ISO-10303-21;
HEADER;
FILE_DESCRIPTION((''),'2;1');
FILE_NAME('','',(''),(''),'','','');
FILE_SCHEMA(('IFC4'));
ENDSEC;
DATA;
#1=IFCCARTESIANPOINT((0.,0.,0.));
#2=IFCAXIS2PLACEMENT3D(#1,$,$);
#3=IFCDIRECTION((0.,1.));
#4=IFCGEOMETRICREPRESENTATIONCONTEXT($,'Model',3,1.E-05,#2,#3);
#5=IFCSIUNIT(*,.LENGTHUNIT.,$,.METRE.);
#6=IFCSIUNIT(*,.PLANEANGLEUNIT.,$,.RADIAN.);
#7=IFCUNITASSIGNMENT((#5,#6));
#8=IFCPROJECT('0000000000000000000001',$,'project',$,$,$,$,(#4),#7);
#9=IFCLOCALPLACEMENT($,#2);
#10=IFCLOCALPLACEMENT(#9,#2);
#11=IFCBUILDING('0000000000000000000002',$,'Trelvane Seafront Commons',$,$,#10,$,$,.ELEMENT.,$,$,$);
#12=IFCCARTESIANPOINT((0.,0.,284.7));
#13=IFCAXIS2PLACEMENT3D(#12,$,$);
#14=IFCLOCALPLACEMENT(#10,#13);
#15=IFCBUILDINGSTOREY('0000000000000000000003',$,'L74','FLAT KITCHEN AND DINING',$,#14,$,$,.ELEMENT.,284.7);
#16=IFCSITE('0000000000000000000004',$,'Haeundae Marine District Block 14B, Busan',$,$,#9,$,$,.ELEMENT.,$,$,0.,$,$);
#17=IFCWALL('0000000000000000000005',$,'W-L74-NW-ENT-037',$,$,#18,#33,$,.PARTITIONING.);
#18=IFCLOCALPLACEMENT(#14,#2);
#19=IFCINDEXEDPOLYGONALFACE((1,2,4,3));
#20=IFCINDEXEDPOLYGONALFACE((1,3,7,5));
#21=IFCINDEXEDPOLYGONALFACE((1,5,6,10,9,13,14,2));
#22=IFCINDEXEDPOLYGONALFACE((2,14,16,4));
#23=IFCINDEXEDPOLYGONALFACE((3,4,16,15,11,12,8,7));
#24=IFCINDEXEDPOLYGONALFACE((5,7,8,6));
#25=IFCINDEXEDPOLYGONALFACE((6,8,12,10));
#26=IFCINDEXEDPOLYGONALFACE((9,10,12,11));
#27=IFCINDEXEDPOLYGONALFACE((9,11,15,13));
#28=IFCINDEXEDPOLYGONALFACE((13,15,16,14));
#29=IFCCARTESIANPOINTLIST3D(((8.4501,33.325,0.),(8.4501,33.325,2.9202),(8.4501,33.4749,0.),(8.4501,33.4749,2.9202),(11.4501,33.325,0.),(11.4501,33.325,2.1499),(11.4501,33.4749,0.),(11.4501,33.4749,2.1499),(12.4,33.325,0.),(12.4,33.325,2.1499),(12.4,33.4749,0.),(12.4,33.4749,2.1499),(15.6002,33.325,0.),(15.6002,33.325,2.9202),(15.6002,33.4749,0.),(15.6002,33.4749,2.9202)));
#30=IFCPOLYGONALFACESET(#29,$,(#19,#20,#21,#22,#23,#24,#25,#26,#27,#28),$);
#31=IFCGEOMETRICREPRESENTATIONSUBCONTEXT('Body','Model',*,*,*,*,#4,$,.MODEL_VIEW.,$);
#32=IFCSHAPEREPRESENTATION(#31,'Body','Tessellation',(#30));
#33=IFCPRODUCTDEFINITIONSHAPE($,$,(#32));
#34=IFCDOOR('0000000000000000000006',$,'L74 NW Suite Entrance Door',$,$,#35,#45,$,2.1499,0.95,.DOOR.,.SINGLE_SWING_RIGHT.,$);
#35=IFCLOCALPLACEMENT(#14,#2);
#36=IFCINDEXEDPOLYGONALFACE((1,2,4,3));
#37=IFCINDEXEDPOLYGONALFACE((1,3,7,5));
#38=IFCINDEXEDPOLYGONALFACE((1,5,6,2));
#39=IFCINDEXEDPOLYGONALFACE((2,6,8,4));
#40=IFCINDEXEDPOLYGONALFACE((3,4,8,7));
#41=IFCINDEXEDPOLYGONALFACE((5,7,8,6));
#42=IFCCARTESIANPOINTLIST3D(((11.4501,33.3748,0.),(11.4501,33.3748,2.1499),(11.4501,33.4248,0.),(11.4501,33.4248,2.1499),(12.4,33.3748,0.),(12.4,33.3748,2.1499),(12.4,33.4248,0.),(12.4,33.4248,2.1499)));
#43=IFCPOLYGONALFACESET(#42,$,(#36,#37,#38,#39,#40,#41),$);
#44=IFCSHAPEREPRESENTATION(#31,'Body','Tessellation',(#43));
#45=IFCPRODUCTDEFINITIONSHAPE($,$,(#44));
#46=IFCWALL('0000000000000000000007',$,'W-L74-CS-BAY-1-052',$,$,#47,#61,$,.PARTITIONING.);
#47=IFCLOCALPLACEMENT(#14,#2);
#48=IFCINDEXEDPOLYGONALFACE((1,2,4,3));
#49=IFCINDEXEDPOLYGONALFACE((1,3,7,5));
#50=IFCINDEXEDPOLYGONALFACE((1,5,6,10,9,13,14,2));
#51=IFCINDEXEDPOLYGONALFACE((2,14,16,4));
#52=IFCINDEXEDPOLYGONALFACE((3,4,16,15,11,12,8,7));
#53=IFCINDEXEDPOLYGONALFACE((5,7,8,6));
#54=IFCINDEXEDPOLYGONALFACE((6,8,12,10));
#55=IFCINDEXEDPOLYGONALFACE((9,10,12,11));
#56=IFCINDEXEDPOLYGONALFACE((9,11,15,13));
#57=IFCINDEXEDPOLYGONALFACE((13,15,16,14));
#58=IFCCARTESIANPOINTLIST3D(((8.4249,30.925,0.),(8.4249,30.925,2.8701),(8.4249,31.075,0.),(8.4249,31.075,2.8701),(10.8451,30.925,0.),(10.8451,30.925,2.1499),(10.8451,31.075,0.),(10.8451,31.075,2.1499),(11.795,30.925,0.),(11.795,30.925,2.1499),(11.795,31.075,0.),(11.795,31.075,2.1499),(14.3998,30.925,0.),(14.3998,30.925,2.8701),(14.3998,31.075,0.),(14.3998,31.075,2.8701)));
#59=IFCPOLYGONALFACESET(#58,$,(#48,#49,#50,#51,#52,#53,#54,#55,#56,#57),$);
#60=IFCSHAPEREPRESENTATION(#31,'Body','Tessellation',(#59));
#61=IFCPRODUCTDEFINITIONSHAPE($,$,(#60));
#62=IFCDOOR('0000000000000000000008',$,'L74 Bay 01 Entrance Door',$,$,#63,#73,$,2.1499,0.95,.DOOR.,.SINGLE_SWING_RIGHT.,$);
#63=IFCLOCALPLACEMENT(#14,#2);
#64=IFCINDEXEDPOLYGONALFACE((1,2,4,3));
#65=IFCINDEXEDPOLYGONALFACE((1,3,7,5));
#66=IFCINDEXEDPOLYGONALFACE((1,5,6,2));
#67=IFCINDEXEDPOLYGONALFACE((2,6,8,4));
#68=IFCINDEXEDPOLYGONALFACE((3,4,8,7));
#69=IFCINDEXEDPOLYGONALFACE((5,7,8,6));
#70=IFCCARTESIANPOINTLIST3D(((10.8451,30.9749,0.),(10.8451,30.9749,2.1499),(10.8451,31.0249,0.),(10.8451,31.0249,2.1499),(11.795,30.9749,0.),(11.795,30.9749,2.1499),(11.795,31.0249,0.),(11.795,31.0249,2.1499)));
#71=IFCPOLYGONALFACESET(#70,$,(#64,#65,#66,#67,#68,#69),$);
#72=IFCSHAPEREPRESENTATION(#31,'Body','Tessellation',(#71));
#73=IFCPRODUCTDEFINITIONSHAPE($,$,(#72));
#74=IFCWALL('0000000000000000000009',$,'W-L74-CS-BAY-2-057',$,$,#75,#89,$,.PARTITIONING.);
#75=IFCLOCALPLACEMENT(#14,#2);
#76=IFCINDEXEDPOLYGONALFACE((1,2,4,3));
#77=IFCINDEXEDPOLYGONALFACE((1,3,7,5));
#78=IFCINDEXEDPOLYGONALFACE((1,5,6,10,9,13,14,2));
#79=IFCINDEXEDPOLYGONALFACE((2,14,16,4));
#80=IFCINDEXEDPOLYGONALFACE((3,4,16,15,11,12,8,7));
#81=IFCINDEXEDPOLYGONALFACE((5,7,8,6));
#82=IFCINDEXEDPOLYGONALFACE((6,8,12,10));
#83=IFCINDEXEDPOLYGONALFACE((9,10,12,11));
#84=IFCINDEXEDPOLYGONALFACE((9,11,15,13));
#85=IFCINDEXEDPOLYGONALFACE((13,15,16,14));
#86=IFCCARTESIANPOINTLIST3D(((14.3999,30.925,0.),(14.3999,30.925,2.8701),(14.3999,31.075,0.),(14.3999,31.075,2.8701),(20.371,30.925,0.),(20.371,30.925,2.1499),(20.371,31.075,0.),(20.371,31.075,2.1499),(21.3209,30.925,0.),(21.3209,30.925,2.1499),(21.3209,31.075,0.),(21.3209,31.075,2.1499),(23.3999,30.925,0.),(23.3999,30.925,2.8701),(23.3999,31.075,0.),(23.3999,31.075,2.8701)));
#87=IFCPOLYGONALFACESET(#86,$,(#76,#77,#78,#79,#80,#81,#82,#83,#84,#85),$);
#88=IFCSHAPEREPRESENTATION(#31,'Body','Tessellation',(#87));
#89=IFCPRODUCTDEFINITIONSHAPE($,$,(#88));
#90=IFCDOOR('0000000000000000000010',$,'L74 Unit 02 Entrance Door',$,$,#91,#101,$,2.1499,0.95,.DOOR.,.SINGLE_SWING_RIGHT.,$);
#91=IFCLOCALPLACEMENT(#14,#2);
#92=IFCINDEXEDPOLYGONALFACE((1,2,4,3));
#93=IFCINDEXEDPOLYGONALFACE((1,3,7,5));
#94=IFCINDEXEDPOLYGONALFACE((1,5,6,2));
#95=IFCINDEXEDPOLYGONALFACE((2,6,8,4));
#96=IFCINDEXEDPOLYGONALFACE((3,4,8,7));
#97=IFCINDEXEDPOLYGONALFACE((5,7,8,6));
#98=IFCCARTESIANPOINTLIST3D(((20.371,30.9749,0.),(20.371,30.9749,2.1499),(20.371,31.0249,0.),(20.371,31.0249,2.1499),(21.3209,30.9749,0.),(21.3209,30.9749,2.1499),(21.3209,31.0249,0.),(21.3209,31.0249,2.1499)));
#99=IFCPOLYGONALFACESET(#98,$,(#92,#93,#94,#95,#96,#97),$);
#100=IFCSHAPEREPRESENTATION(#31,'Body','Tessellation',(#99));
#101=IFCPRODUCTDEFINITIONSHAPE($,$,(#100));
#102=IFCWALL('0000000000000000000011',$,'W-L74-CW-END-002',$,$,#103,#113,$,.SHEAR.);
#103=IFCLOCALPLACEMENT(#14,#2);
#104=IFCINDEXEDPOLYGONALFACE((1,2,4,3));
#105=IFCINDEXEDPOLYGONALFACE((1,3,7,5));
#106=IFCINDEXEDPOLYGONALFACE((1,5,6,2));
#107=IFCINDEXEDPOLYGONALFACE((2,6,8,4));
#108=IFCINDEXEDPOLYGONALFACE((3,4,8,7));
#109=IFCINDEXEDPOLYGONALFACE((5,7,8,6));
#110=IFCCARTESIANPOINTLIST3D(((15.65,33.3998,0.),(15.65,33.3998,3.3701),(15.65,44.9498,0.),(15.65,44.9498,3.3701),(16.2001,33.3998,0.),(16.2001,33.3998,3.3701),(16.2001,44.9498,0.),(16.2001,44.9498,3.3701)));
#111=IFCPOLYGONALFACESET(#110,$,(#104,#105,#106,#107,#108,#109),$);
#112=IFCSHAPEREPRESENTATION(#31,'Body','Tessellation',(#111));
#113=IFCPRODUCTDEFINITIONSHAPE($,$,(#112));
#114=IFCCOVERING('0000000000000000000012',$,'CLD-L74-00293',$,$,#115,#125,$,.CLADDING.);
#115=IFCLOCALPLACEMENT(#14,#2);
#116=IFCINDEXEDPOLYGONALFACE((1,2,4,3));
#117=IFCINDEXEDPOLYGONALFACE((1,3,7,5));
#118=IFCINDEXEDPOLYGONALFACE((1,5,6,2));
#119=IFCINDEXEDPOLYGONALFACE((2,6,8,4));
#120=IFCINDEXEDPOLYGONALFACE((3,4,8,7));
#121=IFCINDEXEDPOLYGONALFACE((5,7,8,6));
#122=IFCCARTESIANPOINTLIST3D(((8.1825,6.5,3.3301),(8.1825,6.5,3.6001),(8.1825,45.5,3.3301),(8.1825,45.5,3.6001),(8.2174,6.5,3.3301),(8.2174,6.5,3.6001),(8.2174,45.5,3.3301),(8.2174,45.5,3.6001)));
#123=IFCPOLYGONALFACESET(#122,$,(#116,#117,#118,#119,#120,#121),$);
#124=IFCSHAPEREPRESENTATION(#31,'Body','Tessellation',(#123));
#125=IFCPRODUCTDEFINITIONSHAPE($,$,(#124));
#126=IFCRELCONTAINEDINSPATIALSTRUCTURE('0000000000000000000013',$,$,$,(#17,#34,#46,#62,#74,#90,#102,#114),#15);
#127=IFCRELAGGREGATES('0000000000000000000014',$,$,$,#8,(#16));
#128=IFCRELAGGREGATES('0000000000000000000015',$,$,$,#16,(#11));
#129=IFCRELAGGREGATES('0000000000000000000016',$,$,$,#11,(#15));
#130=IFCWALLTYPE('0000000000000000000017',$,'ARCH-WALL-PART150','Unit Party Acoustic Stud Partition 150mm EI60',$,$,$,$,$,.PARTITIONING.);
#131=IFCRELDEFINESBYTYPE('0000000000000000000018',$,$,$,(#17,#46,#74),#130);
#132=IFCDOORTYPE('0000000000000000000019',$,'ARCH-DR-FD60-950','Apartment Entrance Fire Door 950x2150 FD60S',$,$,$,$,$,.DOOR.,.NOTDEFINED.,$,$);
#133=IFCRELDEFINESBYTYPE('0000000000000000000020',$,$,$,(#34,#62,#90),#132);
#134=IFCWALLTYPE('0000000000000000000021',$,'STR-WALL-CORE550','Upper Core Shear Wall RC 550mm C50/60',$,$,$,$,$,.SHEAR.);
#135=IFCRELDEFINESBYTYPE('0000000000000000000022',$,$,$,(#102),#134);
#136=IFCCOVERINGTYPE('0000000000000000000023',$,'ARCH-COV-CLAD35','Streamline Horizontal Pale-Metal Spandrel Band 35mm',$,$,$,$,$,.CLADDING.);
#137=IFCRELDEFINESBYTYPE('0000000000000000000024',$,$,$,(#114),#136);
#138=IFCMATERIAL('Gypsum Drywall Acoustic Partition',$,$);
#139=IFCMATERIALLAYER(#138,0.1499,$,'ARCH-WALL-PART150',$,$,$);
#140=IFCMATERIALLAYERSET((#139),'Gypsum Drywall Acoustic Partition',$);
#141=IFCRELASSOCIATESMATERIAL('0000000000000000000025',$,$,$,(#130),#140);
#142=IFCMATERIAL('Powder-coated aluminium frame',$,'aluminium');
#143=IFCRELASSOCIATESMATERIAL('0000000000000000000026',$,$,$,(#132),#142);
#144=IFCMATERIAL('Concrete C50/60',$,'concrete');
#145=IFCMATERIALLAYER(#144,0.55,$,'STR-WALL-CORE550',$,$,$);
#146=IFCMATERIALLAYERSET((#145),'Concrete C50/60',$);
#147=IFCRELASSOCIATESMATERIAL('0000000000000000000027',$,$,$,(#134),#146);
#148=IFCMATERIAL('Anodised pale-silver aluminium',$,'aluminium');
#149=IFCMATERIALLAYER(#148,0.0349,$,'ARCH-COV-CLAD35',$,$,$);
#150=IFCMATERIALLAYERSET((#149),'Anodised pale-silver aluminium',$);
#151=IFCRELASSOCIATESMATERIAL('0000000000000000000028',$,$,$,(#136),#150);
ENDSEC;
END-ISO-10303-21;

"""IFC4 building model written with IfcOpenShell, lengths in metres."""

from ifc_helpers import new_model, si_unit, direction, frame, frame_2d, origin, origin_2d, place, context, subcontext, project, spatial, rectangle, extrude, source, transform, mapped, material, layer, layer_set, type_object, element, fill, save


model = new_model("IFC4")

# Units and contexts
model_context = context("Model", 3, precision=1e-05, world=origin(), true_north=direction((0.0, 1.0)))
body_context = subcontext(model_context, "Body", "Model", "MODEL_VIEW")
ifc_project = project(units=[si_unit("LENGTHUNIT", "METRE"), si_unit("PLANEANGLEUNIT", "RADIAN")], contexts=[model_context])

# Site, building, storey
site_placement = place(None, origin())
site = spatial("IfcSite", under=ifc_project, at=site_placement, Name="Haeundae Marine District Block 14B, Busan", CompositionType="ELEMENT", RefElevation=0.0)
building_placement = place(site_placement, origin())
building = spatial("IfcBuilding", under=site, at=building_placement, Name="Trelvane Seafront Commons", CompositionType="ELEMENT")
storey_placement = place(building_placement, frame((0.0, 0.0, 284.7)))
storey = spatial("IfcBuildingStorey", under=building, at=storey_placement, Name="L74", Description="FLAT KITCHEN AND DINING", CompositionType="ELEMENT", Elevation=284.7)

# Shared definitions
ifc_material_1 = material(Name="Concrete C50/60", Category="concrete")

# Shared definitions
ifc_material_2 = material(Name="Anodised pale-silver aluminium", Category="aluminium")

# Shared definitions
ifc_material_3 = material(Name="Gypsum Drywall Acoustic Partition")
shared_shape_1 = source(origin(), body_context, "Body", "SweptSolid", [
    extrude(rectangle(XDim=0.95, YDim=2.1499, at=frame_2d((0.4751, 1.075))), frame((0.0, 0.0249, 0.0), z_axis=(0.0, -1.0, 0.0), x_axis=(1.0, 0.0, 0.0)), (0.0, 0.0, 1.0), 0.05),
])

# Walls, openings, doors
ifc_layer_1 = layer(ifc_material_3, 0.1499, Name="ARCH-WALL-PART150")
ifc_layer_set_1 = layer_set([ifc_layer_1], Name="Gypsum Drywall Acoustic Partition")
wall_type_1 = type_object("IfcWallType", Name="ARCH-WALL-PART150", Description="Unit Party Acoustic Stud Partition 150mm EI60", PredefinedType="PARTITIONING", material=ifc_layer_set_1)
wall_1_placement = place(storey_placement, frame((8.45, 33.3999, 0.0), z_axis=(0.0, 0.0, 1.0), x_axis=(1.0, 0.0, 0.0)))
wall_1 = element("IfcWall", 1, at=wall_1_placement, inside=storey, type_object=wall_type_1, Name="W-L74-NW-ENT-037", PredefinedType="PARTITIONING", context=body_context, shape_type="SweptSolid", body=[
    extrude(rectangle(XDim=7.1501, YDim=0.1499, at=frame_2d((3.5752, 0.0))), origin(), (0.0, 0.0, 1.0), 2.9202),
])
opening_1_placement = place(wall_1_placement, frame((3.0, 0.0, 0.0)))
opening_1 = element("IfcOpeningElement", 2, at=opening_1_placement, cuts=wall_1, PredefinedType="OPENING", context=body_context, shape_type="SweptSolid", body=[
    extrude(rectangle(XDim=0.95, YDim=2.1499, at=frame_2d((0.4751, 1.075))), frame((0.0, 0.085, 0.0), z_axis=(0.0, -1.0, 0.0), x_axis=(1.0, 0.0, 0.0)), (0.0, 0.0, 1.0), 0.1699),
])
ifc_material_4 = material(Name="Powder-coated aluminium frame", Category="aluminium")
door_type_1 = type_object("IfcDoorType", Name="ARCH-DR-FD60-950", Description="Apartment Entrance Fire Door 950x2150 FD60S", OperationType="NOTDEFINED", PredefinedType="DOOR", material=ifc_material_4)
door_1_placement = place(opening_1_placement, origin())
door_1 = element("IfcDoor", 3, at=door_1_placement, inside=storey, type_object=door_type_1, Name="L74 NW Suite Entrance Door", OperationType="SINGLE_SWING_RIGHT", OverallHeight=2.1499, OverallWidth=0.95, PredefinedType="DOOR", context=body_context, shape_type="MappedRepresentation", body=[
    mapped(shared_shape_1, transform((0.0, 0.0, 0.0), x_axis=(1.0, 0.0, 0.0), y_axis=(0.0, 1.0, 0.0), z_axis=(0.0, 0.0, 1.0), scale=1.0)),
])
fill(opening_1, door_1)
wall_2_placement = place(storey_placement, frame((8.425, 31.0, 0.0), z_axis=(0.0, 0.0, 1.0), x_axis=(1.0, 0.0, 0.0)))
wall_2 = element("IfcWall", 4, at=wall_2_placement, inside=storey, type_object=wall_type_1, Name="W-L74-CS-BAY-1-052", PredefinedType="PARTITIONING", context=body_context, shape_type="SweptSolid", body=[
    extrude(rectangle(XDim=5.9749, YDim=0.1499, at=frame_2d((2.9873, 0.0))), origin(), (0.0, 0.0, 1.0), 2.8701),
])
opening_2_placement = place(wall_2_placement, frame((2.4199, 0.0, 0.0)))
opening_2 = element("IfcOpeningElement", 5, at=opening_2_placement, cuts=wall_2, PredefinedType="OPENING", context=body_context, shape_type="SweptSolid", body=[
    extrude(rectangle(XDim=0.95, YDim=2.1499, at=frame_2d((0.4751, 1.075))), frame((0.0, 0.085, 0.0), z_axis=(0.0, -1.0, 0.0), x_axis=(1.0, 0.0, 0.0)), (0.0, 0.0, 1.0), 0.1699),
])
door_2_placement = place(opening_2_placement, origin())
door_2 = element("IfcDoor", 6, at=door_2_placement, inside=storey, type_object=door_type_1, Name="L74 Bay 01 Entrance Door", OperationType="SINGLE_SWING_RIGHT", OverallHeight=2.1499, OverallWidth=0.95, PredefinedType="DOOR", context=body_context, shape_type="MappedRepresentation", body=[
    mapped(shared_shape_1, transform((0.0, 0.0, 0.0), x_axis=(1.0, 0.0, 0.0), y_axis=(0.0, 1.0, 0.0), z_axis=(0.0, 0.0, 1.0), scale=1.0)),
])
fill(opening_2, door_2)
wall_3_placement = place(storey_placement, frame((14.3999, 31.0, 0.0), z_axis=(0.0, 0.0, 1.0), x_axis=(1.0, 0.0, 0.0)))
wall_3 = element("IfcWall", 7, at=wall_3_placement, inside=storey, type_object=wall_type_1, Name="W-L74-CS-BAY-2-057", PredefinedType="PARTITIONING", context=body_context, shape_type="SweptSolid", body=[
    extrude(rectangle(XDim=9.0, YDim=0.1499, at=frame_2d((4.5, 0.0))), origin(), (0.0, 0.0, 1.0), 2.8701),
])
opening_3_placement = place(wall_3_placement, frame((5.9709, 0.0, 0.0)))
opening_3 = element("IfcOpeningElement", 8, at=opening_3_placement, cuts=wall_3, PredefinedType="OPENING", context=body_context, shape_type="SweptSolid", body=[
    extrude(rectangle(XDim=0.95, YDim=2.1499, at=frame_2d((0.4751, 1.075))), frame((0.0, 0.085, 0.0), z_axis=(0.0, -1.0, 0.0), x_axis=(1.0, 0.0, 0.0)), (0.0, 0.0, 1.0), 0.1699),
])
door_3_placement = place(opening_3_placement, origin())
door_3 = element("IfcDoor", 9, at=door_3_placement, inside=storey, type_object=door_type_1, Name="L74 Unit 02 Entrance Door", OperationType="SINGLE_SWING_RIGHT", OverallHeight=2.1499, OverallWidth=0.95, PredefinedType="DOOR", context=body_context, shape_type="MappedRepresentation", body=[
    mapped(shared_shape_1, transform((0.0, 0.0, 0.0), x_axis=(1.0, 0.0, 0.0), y_axis=(0.0, 1.0, 0.0), z_axis=(0.0, 0.0, 1.0), scale=1.0)),
])
fill(opening_3, door_3)

# Wall
ifc_layer_2 = layer(ifc_material_1, 0.55, Name="STR-WALL-CORE550")
ifc_layer_set_2 = layer_set([ifc_layer_2], Name="Concrete C50/60")
wall_type_2 = type_object("IfcWallType", Name="STR-WALL-CORE550", Description="Upper Core Shear Wall RC 550mm C50/60", PredefinedType="SHEAR", material=ifc_layer_set_2)
wall_4_placement = place(storey_placement, frame((15.925, 33.3999, 0.0), z_axis=(0.0, 0.0, 1.0), x_axis=(0.0, 1.0, 0.0)))
element("IfcWall", 10, at=wall_4_placement, inside=storey, type_object=wall_type_2, Name="W-L74-CW-END-002", PredefinedType="SHEAR", context=body_context, shape_type="SweptSolid", body=[
    extrude(rectangle(XDim=11.55, YDim=0.55, at=frame_2d((5.7749, 0.0))), origin(), (0.0, 0.0, 1.0), 3.3701),
])

# Covering
ifc_layer_3 = layer(ifc_material_2, 0.0349, Name="ARCH-COV-CLAD35")
ifc_layer_set_3 = layer_set([ifc_layer_3], Name="Anodised pale-silver aluminium")
covering_type = type_object("IfcCoveringType", Name="ARCH-COV-CLAD35", Description="Streamline Horizontal Pale-Metal Spandrel Band 35mm", PredefinedType="CLADDING", material=ifc_layer_set_3)
shared_shape_2 = source(origin(), body_context, "Body", "SweptSolid", [
    extrude(rectangle(XDim=39.0, YDim=0.0349, at=origin_2d()), origin(), (0.0, 0.0, 1.0), 0.27),
])
covering_placement = place(storey_placement, frame((8.2, 26.0, 3.3301), z_axis=(0.0, 0.0, 1.0), x_axis=(0.0, 1.0, 0.0)))
element("IfcCovering", 11, at=covering_placement, inside=storey, type_object=covering_type, Name="CLD-L74-00293", PredefinedType="CLADDING", context=body_context, shape_type="MappedRepresentation", body=[
    mapped(shared_shape_2, transform((0.0, 0.0, 0.0), x_axis=(1.0, 0.0, 0.0), y_axis=(0.0, 1.0, 0.0), z_axis=(0.0, 0.0, 1.0), scale=1.0)),
])

save(model, "model.ifc")
